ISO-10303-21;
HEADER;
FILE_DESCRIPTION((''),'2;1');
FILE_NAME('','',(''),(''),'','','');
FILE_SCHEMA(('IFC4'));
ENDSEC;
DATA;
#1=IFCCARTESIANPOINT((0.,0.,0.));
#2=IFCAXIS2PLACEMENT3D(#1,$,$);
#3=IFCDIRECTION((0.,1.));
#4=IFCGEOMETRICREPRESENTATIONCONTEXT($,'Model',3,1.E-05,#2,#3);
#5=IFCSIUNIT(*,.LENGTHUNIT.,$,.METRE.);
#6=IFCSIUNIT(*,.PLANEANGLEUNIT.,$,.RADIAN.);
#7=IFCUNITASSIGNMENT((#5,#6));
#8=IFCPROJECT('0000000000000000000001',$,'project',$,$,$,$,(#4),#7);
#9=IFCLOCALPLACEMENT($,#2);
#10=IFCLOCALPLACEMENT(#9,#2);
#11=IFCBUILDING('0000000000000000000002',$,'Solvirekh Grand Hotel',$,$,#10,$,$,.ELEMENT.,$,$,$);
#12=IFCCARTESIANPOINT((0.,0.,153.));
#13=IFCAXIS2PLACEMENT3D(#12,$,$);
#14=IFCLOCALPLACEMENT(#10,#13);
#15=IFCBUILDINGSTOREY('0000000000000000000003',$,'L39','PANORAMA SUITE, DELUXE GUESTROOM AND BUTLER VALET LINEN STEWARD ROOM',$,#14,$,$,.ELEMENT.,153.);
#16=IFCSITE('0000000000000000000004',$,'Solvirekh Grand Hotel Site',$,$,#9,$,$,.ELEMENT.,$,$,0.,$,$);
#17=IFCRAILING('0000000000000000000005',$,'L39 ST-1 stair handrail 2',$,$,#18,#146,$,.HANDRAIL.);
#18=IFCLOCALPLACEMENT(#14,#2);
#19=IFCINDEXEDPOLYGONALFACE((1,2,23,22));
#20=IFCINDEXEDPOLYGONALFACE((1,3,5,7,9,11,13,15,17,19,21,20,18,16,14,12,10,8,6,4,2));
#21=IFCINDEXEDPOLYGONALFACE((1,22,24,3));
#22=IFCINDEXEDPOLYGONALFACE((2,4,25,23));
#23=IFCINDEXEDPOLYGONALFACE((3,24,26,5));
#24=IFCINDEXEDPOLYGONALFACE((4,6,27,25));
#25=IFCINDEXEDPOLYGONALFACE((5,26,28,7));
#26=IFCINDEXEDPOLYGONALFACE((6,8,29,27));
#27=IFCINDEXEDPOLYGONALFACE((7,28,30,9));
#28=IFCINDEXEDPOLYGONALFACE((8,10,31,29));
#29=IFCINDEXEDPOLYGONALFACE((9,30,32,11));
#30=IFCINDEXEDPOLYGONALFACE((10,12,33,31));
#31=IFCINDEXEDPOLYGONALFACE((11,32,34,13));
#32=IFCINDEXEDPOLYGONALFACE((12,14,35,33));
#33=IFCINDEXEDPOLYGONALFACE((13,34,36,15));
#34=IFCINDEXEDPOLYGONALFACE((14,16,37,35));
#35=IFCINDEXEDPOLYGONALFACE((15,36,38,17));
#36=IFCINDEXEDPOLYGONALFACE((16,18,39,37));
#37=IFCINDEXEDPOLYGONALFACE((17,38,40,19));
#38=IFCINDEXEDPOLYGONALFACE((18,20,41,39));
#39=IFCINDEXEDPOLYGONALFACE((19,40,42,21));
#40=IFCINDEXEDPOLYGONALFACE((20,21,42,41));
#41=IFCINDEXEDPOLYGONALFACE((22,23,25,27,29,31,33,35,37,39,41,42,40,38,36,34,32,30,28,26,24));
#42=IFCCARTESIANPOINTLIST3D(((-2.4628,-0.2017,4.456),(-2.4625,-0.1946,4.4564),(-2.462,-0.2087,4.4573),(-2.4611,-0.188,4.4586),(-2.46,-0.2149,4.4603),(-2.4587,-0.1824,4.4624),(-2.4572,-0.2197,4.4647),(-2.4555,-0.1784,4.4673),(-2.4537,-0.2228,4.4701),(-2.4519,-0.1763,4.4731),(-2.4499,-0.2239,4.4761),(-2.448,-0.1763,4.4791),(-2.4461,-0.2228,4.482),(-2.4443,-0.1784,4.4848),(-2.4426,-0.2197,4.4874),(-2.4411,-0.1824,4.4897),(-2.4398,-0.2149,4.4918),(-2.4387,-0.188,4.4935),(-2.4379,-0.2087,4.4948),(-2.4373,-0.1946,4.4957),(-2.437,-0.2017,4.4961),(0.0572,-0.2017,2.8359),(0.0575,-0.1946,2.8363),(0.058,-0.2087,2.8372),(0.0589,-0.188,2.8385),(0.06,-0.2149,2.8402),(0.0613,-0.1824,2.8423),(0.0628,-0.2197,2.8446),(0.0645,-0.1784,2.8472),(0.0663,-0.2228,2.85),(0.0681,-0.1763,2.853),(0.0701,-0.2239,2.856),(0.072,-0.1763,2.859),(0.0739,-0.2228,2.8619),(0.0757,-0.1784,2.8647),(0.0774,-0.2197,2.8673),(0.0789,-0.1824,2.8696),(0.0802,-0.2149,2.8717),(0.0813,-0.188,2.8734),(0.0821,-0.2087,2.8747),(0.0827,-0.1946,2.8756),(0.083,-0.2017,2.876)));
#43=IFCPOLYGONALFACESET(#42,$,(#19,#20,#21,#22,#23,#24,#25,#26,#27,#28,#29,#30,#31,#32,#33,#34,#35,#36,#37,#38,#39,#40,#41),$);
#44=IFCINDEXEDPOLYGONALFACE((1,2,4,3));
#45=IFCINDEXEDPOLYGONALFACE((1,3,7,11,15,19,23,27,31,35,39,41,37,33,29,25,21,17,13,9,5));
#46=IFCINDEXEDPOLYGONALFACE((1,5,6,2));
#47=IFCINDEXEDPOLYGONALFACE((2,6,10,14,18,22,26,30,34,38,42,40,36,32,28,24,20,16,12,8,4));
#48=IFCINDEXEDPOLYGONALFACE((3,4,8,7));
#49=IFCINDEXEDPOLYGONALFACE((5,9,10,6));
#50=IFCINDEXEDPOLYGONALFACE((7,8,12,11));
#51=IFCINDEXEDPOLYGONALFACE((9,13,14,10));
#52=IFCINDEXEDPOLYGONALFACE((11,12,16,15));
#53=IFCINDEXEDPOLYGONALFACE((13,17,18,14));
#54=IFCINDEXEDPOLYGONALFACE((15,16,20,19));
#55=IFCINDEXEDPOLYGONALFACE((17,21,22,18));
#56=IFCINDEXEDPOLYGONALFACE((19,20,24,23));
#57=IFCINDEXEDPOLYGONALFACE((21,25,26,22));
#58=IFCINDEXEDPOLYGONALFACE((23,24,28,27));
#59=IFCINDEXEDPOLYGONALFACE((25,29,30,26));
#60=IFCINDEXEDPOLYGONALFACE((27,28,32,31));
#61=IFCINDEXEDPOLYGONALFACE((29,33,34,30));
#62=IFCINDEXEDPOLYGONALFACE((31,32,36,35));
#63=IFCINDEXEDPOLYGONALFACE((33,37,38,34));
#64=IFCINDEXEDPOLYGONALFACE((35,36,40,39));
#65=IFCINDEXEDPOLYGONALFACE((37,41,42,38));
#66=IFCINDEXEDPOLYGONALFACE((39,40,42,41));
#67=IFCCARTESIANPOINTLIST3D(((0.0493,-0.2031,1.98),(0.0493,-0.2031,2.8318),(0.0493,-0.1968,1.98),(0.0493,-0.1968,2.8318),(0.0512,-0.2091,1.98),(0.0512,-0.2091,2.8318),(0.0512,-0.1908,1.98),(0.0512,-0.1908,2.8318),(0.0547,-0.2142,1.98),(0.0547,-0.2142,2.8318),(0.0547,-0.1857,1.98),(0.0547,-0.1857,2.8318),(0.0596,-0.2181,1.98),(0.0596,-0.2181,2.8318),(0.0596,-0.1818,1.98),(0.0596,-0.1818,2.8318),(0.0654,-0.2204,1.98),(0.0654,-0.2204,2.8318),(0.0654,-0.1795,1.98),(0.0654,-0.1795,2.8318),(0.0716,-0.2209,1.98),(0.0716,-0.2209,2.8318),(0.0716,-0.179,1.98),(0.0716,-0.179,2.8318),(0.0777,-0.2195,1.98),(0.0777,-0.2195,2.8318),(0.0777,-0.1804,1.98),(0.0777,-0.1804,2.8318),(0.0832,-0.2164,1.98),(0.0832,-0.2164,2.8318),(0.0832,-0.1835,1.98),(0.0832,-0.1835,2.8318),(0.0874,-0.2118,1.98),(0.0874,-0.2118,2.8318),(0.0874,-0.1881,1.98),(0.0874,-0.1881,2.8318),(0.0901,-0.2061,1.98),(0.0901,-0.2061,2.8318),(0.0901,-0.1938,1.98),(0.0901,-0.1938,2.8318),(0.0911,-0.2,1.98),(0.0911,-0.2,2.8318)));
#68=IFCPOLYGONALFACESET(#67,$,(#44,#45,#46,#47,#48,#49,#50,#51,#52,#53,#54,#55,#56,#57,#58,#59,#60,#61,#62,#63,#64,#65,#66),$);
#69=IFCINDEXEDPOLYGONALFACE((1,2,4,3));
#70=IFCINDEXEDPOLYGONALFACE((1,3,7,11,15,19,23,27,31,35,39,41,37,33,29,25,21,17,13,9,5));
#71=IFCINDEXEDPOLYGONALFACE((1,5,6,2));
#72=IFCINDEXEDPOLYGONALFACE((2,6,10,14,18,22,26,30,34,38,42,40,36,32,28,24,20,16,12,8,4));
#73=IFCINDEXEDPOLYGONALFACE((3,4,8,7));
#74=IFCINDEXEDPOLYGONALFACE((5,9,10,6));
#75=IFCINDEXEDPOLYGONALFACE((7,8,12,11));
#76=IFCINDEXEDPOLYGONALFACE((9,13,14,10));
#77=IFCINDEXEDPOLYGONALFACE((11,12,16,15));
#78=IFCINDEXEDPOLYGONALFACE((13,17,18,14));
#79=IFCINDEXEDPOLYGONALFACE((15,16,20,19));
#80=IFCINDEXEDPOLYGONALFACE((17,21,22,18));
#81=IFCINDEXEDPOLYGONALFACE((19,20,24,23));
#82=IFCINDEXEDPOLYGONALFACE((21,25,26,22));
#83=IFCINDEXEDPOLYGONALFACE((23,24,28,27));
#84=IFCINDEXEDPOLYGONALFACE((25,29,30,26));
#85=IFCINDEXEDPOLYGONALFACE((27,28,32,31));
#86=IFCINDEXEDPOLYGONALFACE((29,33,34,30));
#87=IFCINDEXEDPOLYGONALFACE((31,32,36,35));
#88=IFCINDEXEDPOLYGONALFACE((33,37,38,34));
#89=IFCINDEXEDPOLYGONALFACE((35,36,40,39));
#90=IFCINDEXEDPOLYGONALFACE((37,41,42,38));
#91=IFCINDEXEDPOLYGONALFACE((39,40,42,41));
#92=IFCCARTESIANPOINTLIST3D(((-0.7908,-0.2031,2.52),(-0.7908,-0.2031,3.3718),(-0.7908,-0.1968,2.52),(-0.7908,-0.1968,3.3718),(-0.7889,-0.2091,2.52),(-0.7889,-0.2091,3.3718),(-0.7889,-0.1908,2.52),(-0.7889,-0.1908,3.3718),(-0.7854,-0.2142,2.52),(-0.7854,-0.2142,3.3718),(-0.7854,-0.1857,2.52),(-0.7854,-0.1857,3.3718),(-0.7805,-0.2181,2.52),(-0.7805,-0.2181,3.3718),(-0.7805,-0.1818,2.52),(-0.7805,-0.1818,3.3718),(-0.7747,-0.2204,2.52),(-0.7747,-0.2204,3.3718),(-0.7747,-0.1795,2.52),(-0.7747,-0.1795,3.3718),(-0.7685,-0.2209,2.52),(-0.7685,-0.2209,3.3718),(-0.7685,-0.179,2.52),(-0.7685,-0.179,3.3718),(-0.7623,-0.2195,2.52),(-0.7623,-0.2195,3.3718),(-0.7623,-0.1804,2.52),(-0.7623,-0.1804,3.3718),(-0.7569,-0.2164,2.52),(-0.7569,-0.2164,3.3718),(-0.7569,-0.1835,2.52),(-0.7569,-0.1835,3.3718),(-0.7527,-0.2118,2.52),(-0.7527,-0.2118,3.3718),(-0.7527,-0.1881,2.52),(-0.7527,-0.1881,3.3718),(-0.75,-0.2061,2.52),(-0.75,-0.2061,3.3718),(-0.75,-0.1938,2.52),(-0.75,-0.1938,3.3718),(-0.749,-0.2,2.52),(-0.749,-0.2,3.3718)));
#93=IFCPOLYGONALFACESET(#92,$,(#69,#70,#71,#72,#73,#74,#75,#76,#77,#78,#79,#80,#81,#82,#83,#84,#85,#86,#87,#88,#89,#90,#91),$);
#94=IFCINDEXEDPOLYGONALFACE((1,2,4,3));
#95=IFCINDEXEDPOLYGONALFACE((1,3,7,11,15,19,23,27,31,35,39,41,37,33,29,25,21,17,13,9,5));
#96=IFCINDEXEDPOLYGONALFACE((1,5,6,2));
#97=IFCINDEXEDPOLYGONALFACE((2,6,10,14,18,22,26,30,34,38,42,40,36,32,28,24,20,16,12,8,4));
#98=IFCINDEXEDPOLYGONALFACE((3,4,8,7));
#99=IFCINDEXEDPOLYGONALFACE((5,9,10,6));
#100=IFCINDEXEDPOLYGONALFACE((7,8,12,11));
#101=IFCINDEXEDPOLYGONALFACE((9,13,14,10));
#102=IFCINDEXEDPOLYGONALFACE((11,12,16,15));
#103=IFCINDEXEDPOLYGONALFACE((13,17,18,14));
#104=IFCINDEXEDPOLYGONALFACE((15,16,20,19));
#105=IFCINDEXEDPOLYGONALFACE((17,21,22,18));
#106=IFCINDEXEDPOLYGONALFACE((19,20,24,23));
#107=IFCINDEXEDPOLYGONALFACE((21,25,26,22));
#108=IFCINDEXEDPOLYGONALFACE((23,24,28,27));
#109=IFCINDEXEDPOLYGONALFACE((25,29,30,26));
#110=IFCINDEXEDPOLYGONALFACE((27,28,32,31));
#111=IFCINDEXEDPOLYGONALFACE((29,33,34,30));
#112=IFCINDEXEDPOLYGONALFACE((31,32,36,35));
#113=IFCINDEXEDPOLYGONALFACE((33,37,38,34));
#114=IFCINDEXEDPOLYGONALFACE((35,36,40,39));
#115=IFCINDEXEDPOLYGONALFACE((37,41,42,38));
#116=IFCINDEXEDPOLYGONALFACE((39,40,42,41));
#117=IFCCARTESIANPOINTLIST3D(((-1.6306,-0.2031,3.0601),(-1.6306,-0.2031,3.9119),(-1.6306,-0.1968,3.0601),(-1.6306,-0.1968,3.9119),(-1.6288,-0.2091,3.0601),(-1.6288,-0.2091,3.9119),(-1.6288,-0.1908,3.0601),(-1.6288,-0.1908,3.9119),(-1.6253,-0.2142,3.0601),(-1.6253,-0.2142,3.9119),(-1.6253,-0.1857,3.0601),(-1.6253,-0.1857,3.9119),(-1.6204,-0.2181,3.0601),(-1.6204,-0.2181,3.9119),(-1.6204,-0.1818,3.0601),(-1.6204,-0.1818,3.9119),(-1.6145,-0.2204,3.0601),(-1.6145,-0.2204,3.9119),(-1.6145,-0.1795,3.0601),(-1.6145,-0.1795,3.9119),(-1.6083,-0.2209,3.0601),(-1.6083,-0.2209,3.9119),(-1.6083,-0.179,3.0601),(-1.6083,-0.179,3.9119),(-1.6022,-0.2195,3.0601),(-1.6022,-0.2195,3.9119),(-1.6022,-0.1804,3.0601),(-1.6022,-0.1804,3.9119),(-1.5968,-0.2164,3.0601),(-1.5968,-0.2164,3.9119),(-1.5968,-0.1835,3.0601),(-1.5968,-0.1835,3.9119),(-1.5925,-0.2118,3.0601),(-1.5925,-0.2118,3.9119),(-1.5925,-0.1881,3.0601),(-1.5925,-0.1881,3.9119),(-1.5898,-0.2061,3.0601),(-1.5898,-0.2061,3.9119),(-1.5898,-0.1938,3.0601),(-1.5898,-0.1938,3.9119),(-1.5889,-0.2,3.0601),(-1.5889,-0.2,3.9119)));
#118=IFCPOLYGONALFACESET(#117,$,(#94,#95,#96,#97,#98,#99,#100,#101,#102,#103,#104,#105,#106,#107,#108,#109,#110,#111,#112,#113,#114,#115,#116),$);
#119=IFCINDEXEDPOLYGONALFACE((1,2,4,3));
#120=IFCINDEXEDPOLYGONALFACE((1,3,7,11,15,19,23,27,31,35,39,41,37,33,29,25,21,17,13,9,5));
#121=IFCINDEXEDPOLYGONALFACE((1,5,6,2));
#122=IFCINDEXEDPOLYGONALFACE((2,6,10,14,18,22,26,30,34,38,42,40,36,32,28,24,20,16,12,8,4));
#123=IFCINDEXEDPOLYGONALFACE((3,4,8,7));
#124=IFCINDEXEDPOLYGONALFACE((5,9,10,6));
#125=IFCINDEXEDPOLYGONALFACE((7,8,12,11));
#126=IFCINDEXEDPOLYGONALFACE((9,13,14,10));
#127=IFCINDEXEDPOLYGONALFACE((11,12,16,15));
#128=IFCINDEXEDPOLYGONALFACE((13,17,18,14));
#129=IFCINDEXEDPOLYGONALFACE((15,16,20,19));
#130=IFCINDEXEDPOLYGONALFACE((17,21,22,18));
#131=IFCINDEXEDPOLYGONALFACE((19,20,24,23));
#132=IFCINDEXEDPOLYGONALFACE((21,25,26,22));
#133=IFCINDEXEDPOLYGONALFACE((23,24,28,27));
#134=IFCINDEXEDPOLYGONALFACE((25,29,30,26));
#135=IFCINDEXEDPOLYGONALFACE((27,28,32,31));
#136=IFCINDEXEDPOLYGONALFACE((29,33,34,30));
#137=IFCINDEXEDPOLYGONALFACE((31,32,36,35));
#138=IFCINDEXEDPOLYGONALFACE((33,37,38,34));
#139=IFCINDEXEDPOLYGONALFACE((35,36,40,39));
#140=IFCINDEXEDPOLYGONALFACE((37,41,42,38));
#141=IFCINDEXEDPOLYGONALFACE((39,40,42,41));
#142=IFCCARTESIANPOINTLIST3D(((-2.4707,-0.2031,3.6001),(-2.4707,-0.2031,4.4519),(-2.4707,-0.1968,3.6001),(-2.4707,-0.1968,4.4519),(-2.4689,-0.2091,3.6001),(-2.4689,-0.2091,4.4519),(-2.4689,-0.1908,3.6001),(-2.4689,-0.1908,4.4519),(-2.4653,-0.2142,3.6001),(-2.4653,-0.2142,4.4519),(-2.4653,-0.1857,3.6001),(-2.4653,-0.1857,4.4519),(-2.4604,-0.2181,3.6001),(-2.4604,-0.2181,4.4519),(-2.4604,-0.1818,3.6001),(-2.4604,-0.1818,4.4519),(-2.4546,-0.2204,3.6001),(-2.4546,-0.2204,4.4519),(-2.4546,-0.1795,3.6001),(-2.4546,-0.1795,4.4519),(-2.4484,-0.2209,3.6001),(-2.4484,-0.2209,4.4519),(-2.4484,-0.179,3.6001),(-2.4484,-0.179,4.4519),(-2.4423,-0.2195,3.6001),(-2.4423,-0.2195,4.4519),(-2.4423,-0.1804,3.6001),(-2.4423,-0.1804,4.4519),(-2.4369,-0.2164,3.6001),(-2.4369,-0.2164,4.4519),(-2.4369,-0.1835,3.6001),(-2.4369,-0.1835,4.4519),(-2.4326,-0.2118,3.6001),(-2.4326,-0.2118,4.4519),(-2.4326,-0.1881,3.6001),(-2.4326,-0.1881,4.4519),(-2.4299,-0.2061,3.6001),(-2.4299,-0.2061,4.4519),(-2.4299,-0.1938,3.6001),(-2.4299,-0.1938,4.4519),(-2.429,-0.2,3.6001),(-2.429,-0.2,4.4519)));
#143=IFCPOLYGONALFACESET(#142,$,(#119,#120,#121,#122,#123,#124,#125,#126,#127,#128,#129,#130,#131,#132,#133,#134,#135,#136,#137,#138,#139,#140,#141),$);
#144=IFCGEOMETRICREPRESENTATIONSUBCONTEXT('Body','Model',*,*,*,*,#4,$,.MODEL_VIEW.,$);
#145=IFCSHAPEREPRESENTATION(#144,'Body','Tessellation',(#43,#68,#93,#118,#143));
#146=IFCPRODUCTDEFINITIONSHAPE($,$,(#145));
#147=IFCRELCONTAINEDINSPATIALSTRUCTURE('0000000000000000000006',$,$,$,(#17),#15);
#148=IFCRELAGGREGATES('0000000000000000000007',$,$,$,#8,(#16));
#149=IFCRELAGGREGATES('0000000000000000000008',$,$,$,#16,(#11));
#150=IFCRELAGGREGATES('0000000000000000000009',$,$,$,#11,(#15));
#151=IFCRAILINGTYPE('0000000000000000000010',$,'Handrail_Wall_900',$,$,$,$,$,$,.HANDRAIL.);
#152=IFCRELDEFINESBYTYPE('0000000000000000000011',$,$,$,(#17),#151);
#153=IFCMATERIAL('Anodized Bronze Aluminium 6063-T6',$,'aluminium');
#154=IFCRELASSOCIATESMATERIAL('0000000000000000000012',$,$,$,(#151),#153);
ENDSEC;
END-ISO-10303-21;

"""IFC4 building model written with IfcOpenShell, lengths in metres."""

from ifc_helpers import new_model, si_unit, direction, frame, origin, origin_2d, place, context, subcontext, project, spatial, circle, extrude, material, type_object, element, save


model = new_model("IFC4")

# Units and contexts
model_context = context("Model", 3, precision=1e-05, world=origin(), true_north=direction((0.0, 1.0)))
body_context = subcontext(model_context, "Body", "Model", "MODEL_VIEW")
ifc_project = project(units=[si_unit("LENGTHUNIT", "METRE"), si_unit("PLANEANGLEUNIT", "RADIAN")], contexts=[model_context])

# Site, building, storey
site_placement = place(None, origin())
site = spatial("IfcSite", under=ifc_project, at=site_placement, Name="Solvirekh Grand Hotel Site", CompositionType="ELEMENT", RefElevation=0.0)
building_placement = place(site_placement, origin())
building = spatial("IfcBuilding", under=site, at=building_placement, Name="Solvirekh Grand Hotel", CompositionType="ELEMENT")
storey_placement = place(building_placement, frame((0.0, 0.0, 153.0)))
storey = spatial("IfcBuildingStorey", under=building, at=storey_placement, Name="L39", Description="PANORAMA SUITE, DELUXE GUESTROOM AND BUTLER VALET LINEN STEWARD ROOM", CompositionType="ELEMENT", Elevation=153.0)

# Shared definitions
ifc_material_1 = material(Name="Anodized Bronze Aluminium 6063-T6", Category="aluminium")

# Railing
railing_type_1 = type_object("IfcRailingType", Name="Handrail_Wall_900", PredefinedType="HANDRAIL", material=ifc_material_1)
railing_1_placement = place(storey_placement, frame((0.0701, -0.2, 1.98)))
element("IfcRailing", 1, at=railing_1_placement, inside=storey, type_object=railing_type_1, Name="L39 ST-1 stair handrail 2", PredefinedType="HANDRAIL", context=body_context, shape_type="SweptSolid", body=[
    extrude(circle(Radius=0.0239, at=origin_2d()), frame((0.0, 0.0, 0.876), z_axis=(-0.841163, 0.0, 0.540782), x_axis=(0.0, -1.0, 0.0)), (0.0, 0.0, 1.0), 2.9958),
    extrude(circle(Radius=0.021, at=origin_2d()), origin(), (0.0, 0.0, 1.0), 0.8518),
    extrude(circle(Radius=0.021, at=origin_2d()), frame((-0.8401, 0.0, 0.54)), (0.0, 0.0, 1.0), 0.8518),
    extrude(circle(Radius=0.021, at=origin_2d()), frame((-1.6799, 0.0, 1.0801)), (0.0, 0.0, 1.0), 0.8518),
    extrude(circle(Radius=0.021, at=origin_2d()), frame((-2.52, 0.0, 1.6201)), (0.0, 0.0, 1.0), 0.8518),
])

save(model, "model.ifc")
